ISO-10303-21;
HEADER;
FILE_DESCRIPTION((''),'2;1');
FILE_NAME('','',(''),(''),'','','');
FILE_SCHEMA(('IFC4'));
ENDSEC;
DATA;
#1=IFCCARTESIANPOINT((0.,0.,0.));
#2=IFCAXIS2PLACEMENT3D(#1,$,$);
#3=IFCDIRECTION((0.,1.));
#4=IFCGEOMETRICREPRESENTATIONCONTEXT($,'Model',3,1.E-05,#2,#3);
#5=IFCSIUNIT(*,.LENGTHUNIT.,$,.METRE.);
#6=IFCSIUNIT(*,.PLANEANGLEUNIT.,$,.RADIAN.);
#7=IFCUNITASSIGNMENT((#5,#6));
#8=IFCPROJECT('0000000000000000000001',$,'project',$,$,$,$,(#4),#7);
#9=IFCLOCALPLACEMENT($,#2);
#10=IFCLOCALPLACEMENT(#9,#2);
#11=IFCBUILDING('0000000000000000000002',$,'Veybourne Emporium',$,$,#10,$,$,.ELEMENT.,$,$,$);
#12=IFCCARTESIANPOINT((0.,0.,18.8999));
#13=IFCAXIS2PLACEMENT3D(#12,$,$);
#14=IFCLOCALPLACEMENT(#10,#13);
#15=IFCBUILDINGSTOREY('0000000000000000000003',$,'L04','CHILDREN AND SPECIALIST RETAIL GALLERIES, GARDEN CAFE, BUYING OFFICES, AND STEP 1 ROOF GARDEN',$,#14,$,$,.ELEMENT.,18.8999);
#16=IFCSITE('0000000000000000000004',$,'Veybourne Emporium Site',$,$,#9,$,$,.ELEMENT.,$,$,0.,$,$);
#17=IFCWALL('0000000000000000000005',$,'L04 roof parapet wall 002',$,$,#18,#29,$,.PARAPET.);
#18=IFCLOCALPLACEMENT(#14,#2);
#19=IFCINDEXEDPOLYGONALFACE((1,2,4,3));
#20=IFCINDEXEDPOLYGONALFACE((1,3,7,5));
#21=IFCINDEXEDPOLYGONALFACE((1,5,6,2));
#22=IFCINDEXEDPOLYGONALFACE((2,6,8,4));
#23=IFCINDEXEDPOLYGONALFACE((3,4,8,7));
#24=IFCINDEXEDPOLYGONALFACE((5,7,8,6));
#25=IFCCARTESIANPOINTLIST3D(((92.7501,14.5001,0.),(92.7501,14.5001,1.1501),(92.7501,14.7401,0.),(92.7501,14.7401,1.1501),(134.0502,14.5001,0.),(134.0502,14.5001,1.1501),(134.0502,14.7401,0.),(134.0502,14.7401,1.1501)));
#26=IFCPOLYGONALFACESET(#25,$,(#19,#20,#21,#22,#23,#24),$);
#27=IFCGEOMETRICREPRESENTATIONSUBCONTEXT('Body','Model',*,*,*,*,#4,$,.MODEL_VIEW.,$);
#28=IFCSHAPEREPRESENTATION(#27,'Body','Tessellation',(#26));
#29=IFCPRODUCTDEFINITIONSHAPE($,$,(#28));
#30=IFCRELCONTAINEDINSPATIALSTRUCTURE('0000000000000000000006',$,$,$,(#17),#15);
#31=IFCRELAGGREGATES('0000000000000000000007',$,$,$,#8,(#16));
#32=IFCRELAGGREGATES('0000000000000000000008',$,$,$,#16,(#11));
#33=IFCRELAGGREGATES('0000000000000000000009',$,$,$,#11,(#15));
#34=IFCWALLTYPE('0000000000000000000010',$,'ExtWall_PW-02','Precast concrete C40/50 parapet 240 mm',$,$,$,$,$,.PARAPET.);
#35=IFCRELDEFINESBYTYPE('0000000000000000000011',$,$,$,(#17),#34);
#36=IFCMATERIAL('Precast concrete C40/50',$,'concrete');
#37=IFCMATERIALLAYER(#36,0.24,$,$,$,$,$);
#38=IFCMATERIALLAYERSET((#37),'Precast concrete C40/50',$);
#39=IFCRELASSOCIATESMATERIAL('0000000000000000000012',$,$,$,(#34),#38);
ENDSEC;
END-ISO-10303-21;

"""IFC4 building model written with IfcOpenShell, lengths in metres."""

from ifc_helpers import new_model, si_unit, direction, frame, frame_2d, origin, place, context, subcontext, project, spatial, rectangle, extrude, material, layer, layer_set, type_object, element, save


model = new_model("IFC4")

# Units and contexts
model_context = context("Model", 3, precision=1e-05, world=origin(), true_north=direction((0.0, 1.0)))
body_context = subcontext(model_context, "Body", "Model", "MODEL_VIEW")
ifc_project = project(units=[si_unit("LENGTHUNIT", "METRE"), si_unit("PLANEANGLEUNIT", "RADIAN")], contexts=[model_context])

# Site, building, storey
site_placement = place(None, origin())
site = spatial("IfcSite", under=ifc_project, at=site_placement, Name="Veybourne Emporium Site", CompositionType="ELEMENT", RefElevation=0.0)
building_placement = place(site_placement, origin())
building = spatial("IfcBuilding", under=site, at=building_placement, Name="Veybourne Emporium", CompositionType="ELEMENT")
storey_placement = place(building_placement, frame((0.0, 0.0, 18.8999)))
storey = spatial("IfcBuildingStorey", under=building, at=storey_placement, Name="L04", Description="CHILDREN AND SPECIALIST RETAIL GALLERIES, GARDEN CAFE, BUYING OFFICES, AND STEP 1 ROOF GARDEN", CompositionType="ELEMENT", Elevation=18.8999)

# Wall
ifc_material_1 = material(Name="Precast concrete C40/50", Category="concrete")
ifc_layer_1 = layer(ifc_material_1, 0.24)
ifc_layer_set_1 = layer_set([ifc_layer_1], Name="Precast concrete C40/50")
wall_type = type_object("IfcWallType", Name="ExtWall_PW-02", Description="Precast concrete C40/50 parapet 240 mm", PredefinedType="PARAPET", material=ifc_layer_set_1)
wall_1_placement = place(storey_placement, frame((134.05, 14.6201, 0.0), z_axis=(0.0, 0.0, 1.0), x_axis=(-1.0, 0.0, 0.0)))
element("IfcWall", 1, at=wall_1_placement, inside=storey, type_object=wall_type, Name="L04 roof parapet wall 002", PredefinedType="PARAPET", context=body_context, shape_type="SweptSolid", body=[
    extrude(rectangle(XDim=41.3, YDim=0.24, at=frame_2d((20.6499, 0.0))), origin(), (0.0, 0.0, 1.0), 1.1501),
])

save(model, "model.ifc")
